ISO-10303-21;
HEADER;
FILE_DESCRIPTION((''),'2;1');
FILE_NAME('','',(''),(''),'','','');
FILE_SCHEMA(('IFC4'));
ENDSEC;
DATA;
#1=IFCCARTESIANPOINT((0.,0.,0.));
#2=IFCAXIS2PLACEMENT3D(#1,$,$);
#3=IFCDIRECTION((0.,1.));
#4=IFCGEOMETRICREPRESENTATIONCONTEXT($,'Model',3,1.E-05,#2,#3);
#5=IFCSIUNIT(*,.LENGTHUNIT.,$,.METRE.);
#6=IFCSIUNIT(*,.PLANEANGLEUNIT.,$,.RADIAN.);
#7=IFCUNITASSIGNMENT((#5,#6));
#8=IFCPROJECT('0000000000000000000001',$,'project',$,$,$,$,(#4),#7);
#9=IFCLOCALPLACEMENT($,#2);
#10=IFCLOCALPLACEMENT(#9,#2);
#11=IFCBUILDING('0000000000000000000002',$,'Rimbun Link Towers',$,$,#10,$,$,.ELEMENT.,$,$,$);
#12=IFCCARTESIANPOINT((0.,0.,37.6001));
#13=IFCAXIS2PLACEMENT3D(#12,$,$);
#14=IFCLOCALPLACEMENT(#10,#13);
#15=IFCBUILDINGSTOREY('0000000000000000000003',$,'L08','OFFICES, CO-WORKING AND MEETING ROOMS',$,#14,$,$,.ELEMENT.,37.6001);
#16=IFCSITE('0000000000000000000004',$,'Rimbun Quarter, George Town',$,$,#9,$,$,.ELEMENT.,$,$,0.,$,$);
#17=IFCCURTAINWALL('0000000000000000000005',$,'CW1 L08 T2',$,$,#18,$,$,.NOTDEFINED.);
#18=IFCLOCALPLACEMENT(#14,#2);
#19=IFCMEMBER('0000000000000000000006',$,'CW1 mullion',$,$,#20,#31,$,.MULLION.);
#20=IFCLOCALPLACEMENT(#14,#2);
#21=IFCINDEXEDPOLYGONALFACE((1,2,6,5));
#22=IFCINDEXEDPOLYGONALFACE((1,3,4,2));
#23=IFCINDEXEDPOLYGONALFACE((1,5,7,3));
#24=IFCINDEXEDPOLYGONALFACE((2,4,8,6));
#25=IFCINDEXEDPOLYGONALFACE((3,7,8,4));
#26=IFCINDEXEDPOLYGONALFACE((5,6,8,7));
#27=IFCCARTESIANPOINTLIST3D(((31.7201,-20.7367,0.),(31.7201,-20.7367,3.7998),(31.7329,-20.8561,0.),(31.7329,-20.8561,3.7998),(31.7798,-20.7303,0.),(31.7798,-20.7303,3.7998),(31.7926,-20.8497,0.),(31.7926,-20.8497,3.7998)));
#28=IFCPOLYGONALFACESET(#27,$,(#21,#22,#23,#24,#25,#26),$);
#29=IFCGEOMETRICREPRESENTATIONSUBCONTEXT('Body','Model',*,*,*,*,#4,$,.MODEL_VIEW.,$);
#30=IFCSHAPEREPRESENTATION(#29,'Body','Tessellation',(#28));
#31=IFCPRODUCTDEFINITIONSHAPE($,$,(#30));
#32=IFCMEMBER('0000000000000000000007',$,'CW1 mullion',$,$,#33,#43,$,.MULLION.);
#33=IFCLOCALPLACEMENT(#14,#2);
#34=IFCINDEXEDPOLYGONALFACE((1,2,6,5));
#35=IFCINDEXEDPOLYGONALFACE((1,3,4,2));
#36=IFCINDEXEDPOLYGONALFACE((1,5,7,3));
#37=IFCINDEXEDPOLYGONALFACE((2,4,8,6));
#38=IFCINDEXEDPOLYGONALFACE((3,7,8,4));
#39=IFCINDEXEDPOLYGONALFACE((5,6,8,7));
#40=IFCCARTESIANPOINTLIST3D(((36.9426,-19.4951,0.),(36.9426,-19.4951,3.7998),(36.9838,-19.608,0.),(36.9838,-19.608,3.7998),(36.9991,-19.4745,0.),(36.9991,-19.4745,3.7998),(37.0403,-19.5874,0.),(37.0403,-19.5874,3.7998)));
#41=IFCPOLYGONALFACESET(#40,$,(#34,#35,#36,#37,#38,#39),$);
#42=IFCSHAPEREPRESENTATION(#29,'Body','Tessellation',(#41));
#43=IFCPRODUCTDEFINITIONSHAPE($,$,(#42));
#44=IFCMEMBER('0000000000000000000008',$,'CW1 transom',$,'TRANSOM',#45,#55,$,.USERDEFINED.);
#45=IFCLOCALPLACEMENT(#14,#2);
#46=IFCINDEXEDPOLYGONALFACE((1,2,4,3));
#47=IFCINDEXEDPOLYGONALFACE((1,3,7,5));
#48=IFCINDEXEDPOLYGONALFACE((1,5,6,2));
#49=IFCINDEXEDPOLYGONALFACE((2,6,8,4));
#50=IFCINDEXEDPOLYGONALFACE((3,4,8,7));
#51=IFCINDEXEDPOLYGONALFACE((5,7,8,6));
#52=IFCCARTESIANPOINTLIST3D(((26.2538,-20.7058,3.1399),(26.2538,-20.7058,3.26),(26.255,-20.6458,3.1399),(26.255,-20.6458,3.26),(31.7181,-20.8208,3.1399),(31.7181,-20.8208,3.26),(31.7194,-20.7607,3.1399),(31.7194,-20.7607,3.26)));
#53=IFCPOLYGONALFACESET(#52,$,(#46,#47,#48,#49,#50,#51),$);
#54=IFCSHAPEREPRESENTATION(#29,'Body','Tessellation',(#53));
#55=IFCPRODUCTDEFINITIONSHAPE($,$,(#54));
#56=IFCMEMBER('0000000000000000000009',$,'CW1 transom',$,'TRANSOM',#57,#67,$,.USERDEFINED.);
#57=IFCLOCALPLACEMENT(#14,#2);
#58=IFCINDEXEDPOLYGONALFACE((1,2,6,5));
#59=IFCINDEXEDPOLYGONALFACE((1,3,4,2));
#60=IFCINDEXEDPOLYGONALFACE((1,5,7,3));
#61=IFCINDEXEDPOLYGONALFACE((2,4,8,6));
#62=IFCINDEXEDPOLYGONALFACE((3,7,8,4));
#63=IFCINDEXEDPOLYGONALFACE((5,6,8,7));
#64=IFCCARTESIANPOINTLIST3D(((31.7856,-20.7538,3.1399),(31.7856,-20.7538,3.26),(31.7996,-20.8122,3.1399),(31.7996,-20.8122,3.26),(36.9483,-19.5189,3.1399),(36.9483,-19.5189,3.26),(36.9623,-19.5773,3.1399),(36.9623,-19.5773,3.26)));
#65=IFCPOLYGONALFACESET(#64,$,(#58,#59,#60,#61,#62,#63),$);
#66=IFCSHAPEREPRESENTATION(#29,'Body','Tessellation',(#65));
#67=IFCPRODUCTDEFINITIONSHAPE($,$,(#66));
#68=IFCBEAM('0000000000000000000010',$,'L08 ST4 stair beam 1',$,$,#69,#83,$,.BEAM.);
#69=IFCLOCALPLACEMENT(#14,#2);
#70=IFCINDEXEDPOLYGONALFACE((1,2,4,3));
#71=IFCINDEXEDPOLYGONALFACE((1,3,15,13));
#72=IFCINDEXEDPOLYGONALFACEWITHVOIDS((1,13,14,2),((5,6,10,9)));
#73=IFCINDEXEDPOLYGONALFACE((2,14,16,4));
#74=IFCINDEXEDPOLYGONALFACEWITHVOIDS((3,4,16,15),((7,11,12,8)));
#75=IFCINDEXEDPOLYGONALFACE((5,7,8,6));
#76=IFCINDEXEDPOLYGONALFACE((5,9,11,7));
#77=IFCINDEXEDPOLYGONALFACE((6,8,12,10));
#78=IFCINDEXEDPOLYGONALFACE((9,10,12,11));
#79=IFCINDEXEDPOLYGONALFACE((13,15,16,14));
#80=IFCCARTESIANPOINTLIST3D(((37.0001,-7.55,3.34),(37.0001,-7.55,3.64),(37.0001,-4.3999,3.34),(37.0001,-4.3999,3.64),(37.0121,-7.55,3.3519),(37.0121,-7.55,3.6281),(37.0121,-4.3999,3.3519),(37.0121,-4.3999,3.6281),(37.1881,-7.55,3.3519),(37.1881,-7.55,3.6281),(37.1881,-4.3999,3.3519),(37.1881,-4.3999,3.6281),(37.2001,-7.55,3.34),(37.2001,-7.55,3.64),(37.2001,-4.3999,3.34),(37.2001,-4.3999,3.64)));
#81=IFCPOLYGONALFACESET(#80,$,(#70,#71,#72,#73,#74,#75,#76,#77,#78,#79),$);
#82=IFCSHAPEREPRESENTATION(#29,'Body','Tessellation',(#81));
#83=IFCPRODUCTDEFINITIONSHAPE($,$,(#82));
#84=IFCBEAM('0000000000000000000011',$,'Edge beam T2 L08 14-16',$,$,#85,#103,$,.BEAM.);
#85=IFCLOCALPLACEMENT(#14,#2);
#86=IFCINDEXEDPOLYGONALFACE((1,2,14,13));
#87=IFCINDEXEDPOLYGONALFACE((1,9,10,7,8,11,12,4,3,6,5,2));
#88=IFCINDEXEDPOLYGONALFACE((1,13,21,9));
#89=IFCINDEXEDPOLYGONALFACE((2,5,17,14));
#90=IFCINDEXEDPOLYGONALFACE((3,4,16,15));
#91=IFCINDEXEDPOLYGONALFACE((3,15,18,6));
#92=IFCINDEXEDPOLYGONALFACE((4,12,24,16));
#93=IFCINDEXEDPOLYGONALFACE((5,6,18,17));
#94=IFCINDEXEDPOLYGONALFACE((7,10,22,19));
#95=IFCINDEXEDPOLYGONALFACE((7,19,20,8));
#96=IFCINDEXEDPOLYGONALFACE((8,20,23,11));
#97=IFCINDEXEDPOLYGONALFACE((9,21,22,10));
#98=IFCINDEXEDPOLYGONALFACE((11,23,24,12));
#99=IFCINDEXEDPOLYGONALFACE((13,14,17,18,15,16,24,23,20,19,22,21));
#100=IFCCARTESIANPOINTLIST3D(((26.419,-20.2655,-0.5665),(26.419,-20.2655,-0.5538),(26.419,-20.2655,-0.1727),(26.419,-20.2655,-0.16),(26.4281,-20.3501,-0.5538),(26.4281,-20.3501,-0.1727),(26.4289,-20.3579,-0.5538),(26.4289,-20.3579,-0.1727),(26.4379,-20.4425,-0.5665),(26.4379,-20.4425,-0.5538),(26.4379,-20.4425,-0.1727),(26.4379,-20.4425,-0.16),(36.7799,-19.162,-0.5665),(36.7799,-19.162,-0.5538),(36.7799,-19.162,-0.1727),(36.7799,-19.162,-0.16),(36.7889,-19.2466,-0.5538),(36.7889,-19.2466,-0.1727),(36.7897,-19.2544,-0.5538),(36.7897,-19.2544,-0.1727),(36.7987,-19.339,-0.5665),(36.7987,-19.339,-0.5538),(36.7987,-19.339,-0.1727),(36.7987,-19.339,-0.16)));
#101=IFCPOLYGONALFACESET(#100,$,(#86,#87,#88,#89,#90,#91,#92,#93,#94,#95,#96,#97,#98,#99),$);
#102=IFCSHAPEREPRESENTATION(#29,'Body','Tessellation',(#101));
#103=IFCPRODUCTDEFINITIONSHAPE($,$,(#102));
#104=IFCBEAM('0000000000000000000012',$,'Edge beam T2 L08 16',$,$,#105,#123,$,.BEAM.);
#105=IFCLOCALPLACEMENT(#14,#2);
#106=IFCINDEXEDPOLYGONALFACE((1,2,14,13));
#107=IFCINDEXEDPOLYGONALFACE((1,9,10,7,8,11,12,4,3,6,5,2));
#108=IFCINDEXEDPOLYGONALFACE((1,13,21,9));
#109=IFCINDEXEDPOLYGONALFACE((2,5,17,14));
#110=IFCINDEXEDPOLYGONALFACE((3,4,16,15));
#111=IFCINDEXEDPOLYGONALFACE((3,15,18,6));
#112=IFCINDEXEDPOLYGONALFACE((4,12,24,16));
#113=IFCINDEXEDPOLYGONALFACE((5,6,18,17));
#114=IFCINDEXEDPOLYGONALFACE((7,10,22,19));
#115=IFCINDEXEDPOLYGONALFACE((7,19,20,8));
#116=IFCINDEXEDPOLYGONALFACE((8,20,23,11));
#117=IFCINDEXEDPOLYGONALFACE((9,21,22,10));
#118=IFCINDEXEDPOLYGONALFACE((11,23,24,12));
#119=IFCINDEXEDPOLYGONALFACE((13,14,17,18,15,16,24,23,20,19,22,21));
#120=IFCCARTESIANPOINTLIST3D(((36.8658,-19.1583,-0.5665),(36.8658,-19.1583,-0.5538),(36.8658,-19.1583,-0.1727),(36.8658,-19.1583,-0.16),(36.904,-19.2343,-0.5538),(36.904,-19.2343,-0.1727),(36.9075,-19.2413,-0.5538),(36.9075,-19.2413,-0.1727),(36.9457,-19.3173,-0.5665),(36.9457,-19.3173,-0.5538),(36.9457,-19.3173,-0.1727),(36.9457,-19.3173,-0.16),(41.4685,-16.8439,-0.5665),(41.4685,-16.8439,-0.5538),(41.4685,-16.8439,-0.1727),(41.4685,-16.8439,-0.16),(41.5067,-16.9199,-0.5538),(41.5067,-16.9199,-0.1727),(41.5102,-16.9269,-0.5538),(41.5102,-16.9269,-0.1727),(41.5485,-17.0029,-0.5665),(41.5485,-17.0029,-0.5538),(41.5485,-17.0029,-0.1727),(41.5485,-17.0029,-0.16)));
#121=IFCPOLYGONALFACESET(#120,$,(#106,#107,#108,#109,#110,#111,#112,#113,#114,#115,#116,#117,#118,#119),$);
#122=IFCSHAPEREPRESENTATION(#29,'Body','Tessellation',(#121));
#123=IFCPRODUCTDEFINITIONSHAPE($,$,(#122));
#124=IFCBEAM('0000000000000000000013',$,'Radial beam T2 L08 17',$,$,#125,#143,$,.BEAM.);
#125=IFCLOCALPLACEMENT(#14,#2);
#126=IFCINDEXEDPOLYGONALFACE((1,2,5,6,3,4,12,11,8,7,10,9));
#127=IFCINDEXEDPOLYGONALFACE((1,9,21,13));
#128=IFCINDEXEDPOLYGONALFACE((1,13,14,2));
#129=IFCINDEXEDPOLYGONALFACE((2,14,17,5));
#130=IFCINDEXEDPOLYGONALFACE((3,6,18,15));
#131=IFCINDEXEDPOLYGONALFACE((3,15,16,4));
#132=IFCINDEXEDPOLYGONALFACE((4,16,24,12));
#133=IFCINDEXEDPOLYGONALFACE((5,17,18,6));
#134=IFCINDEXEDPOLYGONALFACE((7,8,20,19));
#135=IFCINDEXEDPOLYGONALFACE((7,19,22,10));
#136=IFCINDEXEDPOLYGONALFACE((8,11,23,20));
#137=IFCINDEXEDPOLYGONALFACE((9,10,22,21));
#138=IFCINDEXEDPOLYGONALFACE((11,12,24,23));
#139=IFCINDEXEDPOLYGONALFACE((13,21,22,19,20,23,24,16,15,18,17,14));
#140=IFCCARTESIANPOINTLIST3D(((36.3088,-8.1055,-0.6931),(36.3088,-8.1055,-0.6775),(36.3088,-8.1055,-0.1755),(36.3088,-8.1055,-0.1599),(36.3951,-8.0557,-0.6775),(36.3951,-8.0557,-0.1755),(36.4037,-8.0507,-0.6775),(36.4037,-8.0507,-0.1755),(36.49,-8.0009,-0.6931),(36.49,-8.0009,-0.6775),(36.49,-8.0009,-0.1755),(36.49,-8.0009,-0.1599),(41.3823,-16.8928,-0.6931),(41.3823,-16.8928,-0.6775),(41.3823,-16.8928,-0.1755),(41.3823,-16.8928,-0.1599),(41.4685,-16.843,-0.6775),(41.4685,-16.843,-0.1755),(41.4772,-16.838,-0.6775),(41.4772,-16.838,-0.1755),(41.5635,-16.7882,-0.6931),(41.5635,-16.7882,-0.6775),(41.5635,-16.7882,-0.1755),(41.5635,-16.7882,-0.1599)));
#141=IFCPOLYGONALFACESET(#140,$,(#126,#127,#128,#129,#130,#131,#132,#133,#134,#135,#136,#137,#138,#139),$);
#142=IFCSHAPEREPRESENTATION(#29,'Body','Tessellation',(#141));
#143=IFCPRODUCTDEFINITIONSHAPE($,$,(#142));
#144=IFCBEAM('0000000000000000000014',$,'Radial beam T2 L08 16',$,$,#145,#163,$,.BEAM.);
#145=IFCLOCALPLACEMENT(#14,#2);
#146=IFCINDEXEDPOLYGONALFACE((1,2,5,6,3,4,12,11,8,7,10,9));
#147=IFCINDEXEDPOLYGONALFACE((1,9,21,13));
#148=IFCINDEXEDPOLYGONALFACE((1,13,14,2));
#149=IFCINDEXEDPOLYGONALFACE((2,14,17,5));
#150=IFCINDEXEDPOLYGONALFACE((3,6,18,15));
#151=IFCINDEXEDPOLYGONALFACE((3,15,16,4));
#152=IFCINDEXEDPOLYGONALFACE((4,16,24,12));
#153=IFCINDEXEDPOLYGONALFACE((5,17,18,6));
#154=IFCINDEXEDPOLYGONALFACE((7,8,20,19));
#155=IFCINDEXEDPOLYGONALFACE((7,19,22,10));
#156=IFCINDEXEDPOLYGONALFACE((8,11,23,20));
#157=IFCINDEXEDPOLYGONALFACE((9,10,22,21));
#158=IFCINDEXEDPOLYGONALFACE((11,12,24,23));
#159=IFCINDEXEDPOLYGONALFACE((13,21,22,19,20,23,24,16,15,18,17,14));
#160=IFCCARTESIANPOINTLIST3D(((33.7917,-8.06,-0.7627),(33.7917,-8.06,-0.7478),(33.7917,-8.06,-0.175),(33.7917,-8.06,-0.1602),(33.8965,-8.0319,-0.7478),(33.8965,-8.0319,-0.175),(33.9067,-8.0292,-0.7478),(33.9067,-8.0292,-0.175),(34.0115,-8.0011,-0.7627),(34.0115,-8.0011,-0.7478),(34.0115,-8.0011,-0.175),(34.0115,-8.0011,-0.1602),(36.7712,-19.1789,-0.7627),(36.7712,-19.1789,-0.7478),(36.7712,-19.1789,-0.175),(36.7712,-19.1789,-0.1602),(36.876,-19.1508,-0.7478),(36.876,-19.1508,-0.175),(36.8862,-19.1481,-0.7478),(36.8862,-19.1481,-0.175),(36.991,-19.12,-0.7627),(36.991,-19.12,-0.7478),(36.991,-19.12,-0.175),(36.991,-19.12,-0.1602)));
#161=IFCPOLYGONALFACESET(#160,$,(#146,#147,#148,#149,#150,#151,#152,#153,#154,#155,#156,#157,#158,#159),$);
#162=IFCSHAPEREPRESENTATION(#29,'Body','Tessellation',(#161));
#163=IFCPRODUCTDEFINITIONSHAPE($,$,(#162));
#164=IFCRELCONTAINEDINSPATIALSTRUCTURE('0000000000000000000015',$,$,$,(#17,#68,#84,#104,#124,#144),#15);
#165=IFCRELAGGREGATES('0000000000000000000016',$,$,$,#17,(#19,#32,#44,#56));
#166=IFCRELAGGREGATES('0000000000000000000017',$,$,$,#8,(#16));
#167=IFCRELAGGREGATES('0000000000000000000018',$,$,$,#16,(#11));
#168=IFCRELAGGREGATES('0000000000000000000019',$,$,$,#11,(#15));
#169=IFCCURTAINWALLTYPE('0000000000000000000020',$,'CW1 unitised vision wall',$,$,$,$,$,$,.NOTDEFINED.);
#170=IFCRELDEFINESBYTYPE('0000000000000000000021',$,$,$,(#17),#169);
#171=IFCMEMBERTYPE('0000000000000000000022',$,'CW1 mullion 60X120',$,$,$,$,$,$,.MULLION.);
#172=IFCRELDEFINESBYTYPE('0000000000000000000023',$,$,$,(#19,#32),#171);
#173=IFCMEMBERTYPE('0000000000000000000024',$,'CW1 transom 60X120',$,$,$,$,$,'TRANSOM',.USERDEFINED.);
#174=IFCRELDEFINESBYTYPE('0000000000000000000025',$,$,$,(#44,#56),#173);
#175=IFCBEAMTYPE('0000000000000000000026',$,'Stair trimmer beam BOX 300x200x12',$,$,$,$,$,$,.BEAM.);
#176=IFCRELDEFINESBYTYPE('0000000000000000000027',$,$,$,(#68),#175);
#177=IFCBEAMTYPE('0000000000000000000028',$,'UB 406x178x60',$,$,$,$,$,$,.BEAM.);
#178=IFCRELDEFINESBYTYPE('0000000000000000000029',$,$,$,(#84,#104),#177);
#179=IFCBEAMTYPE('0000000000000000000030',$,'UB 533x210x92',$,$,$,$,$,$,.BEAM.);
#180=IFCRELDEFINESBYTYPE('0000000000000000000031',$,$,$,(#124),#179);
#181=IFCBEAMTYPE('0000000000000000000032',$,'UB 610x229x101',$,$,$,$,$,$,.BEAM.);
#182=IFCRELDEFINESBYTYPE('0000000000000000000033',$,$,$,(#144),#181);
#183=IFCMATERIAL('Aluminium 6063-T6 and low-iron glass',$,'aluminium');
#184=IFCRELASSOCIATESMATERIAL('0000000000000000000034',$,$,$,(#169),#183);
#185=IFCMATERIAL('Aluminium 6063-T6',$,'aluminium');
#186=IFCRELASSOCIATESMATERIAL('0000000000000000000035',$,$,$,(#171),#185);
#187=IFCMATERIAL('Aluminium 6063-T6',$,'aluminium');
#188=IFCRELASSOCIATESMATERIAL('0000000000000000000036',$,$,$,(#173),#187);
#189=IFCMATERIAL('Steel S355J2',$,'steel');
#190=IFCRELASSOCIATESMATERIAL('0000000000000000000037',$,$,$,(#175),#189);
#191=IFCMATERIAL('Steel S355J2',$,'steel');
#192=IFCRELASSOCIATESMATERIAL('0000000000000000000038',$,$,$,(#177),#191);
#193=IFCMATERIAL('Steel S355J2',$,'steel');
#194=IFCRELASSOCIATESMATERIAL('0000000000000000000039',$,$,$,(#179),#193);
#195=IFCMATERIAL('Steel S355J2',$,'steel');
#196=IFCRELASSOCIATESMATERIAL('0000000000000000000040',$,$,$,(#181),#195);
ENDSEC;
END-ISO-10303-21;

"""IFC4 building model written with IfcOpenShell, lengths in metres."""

from ifc_helpers import new_model, si_unit, direction, frame, origin, origin_2d, place, context, subcontext, project, spatial, rectangle, hollow_rectangle, i_section, extrude, material, material_profile, profile_set, type_object, element, aggregate, save


model = new_model("IFC4")

# Units and contexts
model_context = context("Model", 3, precision=1e-05, world=origin(), true_north=direction((0.0, 1.0)))
body_context = subcontext(model_context, "Body", "Model", "MODEL_VIEW")
ifc_project = project(units=[si_unit("LENGTHUNIT", "METRE"), si_unit("PLANEANGLEUNIT", "RADIAN")], contexts=[model_context])

# Site, building, storey
site_placement = place(None, origin())
site = spatial("IfcSite", under=ifc_project, at=site_placement, Name="Rimbun Quarter, George Town", CompositionType="ELEMENT", RefElevation=0.0)
building_placement = place(site_placement, origin())
building = spatial("IfcBuilding", under=site, at=building_placement, Name="Rimbun Link Towers", CompositionType="ELEMENT")
storey_placement = place(building_placement, frame((0.0, 0.0, 37.6001)))
storey = spatial("IfcBuildingStorey", under=building, at=storey_placement, Name="L08", Description="OFFICES, CO-WORKING AND MEETING ROOMS", CompositionType="ELEMENT", Elevation=37.6001)

# Curtain wall, members
ifc_material_1 = material(Name="Aluminium 6063-T6 and low-iron glass", Category="aluminium")
curtain_wall_type = type_object("IfcCurtainWallType", Name="CW1 unitised vision wall", PredefinedType="NOTDEFINED", material=ifc_material_1)
curtain_wall_placement = place(storey_placement, origin())
curtain_wall = element("IfcCurtainWall", 1, at=curtain_wall_placement, inside=storey, type_object=curtain_wall_type, Name="CW1 L08 T2", PredefinedType="NOTDEFINED")
ifc_material_2 = material(Name="Aluminium 6063-T6", Category="aluminium")
ifc_material_profile_1 = material_profile(ifc_material_2, rectangle(XDim=0.1201, YDim=0.0601, at=origin_2d()), Name="MULLION 60X120")
ifc_profile_set_1 = profile_set([ifc_material_profile_1], Name="Aluminium 6063-T6")
member_type_1 = type_object("IfcMemberType", Name="CW1 mullion 60X120", PredefinedType="MULLION", material=ifc_profile_set_1)
member_1_placement = place(storey_placement, frame((31.7563, -20.7932, 0.0), z_axis=(0.0, 0.0, 1.0), x_axis=(0.106645, -0.994297, 0.0)))
member_1 = element("IfcMember", 2, at=member_1_placement, type_object=member_type_1, Name="CW1 mullion", PredefinedType="MULLION", context=body_context, shape_type="SweptSolid", body=[
    extrude(rectangle(XDim=0.1201, YDim=0.0601, at=origin_2d()), origin(), (0.0, 0.0, 1.0), 3.7998),
])
member_2_placement = place(storey_placement, frame((36.9915, -19.5413, 0.0), z_axis=(0.0, 0.0, 1.0), x_axis=(0.342971, -0.939346, 0.0)))
member_2 = element("IfcMember", 3, at=member_2_placement, type_object=member_type_1, Name="CW1 mullion", PredefinedType="MULLION", context=body_context, shape_type="SweptSolid", body=[
    extrude(rectangle(XDim=0.1201, YDim=0.0601, at=origin_2d()), origin(), (0.0, 0.0, 1.0), 3.7998),
])
ifc_material_3 = material(Name="Aluminium 6063-T6", Category="aluminium")
ifc_material_profile_2 = material_profile(ifc_material_3, rectangle(XDim=0.0601, YDim=0.1201, at=origin_2d()), Name="TRANSOM 60X120")
ifc_profile_set_2 = profile_set([ifc_material_profile_2], Name="Aluminium 6063-T6")
member_type_2 = type_object("IfcMemberType", Name="CW1 transom 60X120", ElementType="TRANSOM", PredefinedType="USERDEFINED", material=ifc_profile_set_2)
member_3_placement = place(storey_placement, frame((31.7188, -20.7908, 3.2), z_axis=(-0.999779, 0.021039, 0.0), x_axis=(-0.021039, -0.999779, 0.0)))
member_3 = element("IfcMember", 4, at=member_3_placement, type_object=member_type_2, Name="CW1 transom", ObjectType="TRANSOM", PredefinedType="USERDEFINED", context=body_context, shape_type="SweptSolid", body=[
    extrude(rectangle(XDim=0.0601, YDim=0.1201, at=origin_2d()), origin(), (0.0, 0.0, 1.0), 5.4656),
])
member_4_placement = place(storey_placement, frame((36.9553, -19.5481, 3.2), z_axis=(-0.972565, -0.232632, 0.0), x_axis=(0.232632, -0.972565, 0.0)))
member_4 = element("IfcMember", 5, at=member_4_placement, type_object=member_type_2, Name="CW1 transom", ObjectType="TRANSOM", PredefinedType="USERDEFINED", context=body_context, shape_type="SweptSolid", body=[
    extrude(rectangle(XDim=0.0601, YDim=0.1201, at=origin_2d()), origin(), (0.0, 0.0, 1.0), 5.3083),
])

# Beams
ifc_material_4 = material(Name="Steel S355J2", Category="steel")
ifc_material_profile_3 = material_profile(ifc_material_4, hollow_rectangle(XDim=0.2, YDim=0.3, WallThickness=0.012, at=origin_2d()), Name="BOX 300x200x12")
ifc_profile_set_3 = profile_set([ifc_material_profile_3], Name="Steel S355J2")
beam_type_1 = type_object("IfcBeamType", Name="Stair trimmer beam BOX 300x200x12", PredefinedType="BEAM", material=ifc_profile_set_3)
beam_1_placement = place(storey_placement, frame((37.1001, -7.55, 3.49), z_axis=(0.0, 1.0, 0.0), x_axis=(-1.0, 0.0, 0.0)))
element("IfcBeam", 6, at=beam_1_placement, inside=storey, type_object=beam_type_1, Name="L08 ST4 stair beam 1", PredefinedType="BEAM", context=body_context, shape_type="SweptSolid", body=[
    extrude(hollow_rectangle(XDim=0.2, YDim=0.3, WallThickness=0.012, at=origin_2d()), origin(), (0.0, 0.0, 1.0), 3.1501),
])
ifc_material_5 = material(Name="Steel S355J2", Category="steel")
ifc_material_profile_4 = material_profile(ifc_material_5, i_section(OverallWidth=0.178, OverallDepth=0.4065, WebThickness=0.0078, FlangeThickness=0.0127, at=origin_2d()), Name="UB 406x178x60")
ifc_profile_set_4 = profile_set([ifc_material_profile_4], Name="Steel S355J2")
beam_type_2 = type_object("IfcBeamType", Name="UB 406x178x60", PredefinedType="BEAM", material=ifc_profile_set_4)
beam_2_placement = place(storey_placement, frame((26.4285, -20.354, -0.3633), z_axis=(0.994376, 0.105909, 0.0), x_axis=(-0.105909, 0.994376, 0.0)))
element("IfcBeam", 7, at=beam_2_placement, inside=storey, type_object=beam_type_2, Name="Edge beam T2 L08 14-16", PredefinedType="BEAM", context=body_context, shape_type="SweptSolid", body=[
    extrude(i_section(OverallWidth=0.178, OverallDepth=0.4065, WebThickness=0.0078, FlangeThickness=0.0127, at=origin_2d()), origin(), (0.0, 0.0, 1.0), 10.4194),
])
beam_3_placement = place(storey_placement, frame((36.9058, -19.2378, -0.3633), z_axis=(0.893411, 0.449241, 0.0), x_axis=(-0.449241, 0.893411, 0.0)))
element("IfcBeam", 8, at=beam_3_placement, inside=storey, type_object=beam_type_2, Name="Edge beam T2 L08 16", PredefinedType="BEAM", context=body_context, shape_type="SweptSolid", body=[
    extrude(i_section(OverallWidth=0.178, OverallDepth=0.4065, WebThickness=0.0078, FlangeThickness=0.0127, at=origin_2d()), origin(), (0.0, 0.0, 1.0), 5.1519),
])
ifc_material_6 = material(Name="Steel S355J2", Category="steel")
ifc_material_profile_5 = material_profile(ifc_material_6, i_section(OverallWidth=0.2092, OverallDepth=0.5332, WebThickness=0.01, FlangeThickness=0.0156, at=origin_2d()), Name="UB 533x210x92")
ifc_profile_set_5 = profile_set([ifc_material_profile_5], Name="Steel S355J2")
beam_type_3 = type_object("IfcBeamType", Name="UB 533x210x92", PredefinedType="BEAM", material=ifc_profile_set_5)
beam_4_placement = place(storey_placement, frame((36.3994, -8.0532, -0.4265), z_axis=(0.500008, -0.866021, 0.0), x_axis=(0.866021, 0.500008, 0.0)))
element("IfcBeam", 9, at=beam_4_placement, inside=storey, type_object=beam_type_3, Name="Radial beam T2 L08 17", PredefinedType="BEAM", context=body_context, shape_type="SweptSolid", body=[
    extrude(i_section(OverallWidth=0.2092, OverallDepth=0.5332, WebThickness=0.01, FlangeThickness=0.0156, at=origin_2d()), origin(), (0.0, 0.0, 1.0), 10.1467),
])
ifc_material_7 = material(Name="Steel S355J2", Category="steel")
ifc_material_profile_6 = material_profile(ifc_material_7, i_section(OverallWidth=0.2275, OverallDepth=0.6025, WebThickness=0.0105, FlangeThickness=0.0149, at=origin_2d()), Name="UB 610x229x101")
ifc_profile_set_6 = profile_set([ifc_material_profile_6], Name="Steel S355J2")
beam_type_4 = type_object("IfcBeamType", Name="UB 610x229x101", PredefinedType="BEAM", material=ifc_profile_set_6)
beam_5_placement = place(storey_placement, frame((33.9016, -8.0305, -0.4614), z_axis=(0.258835, -0.965922, 0.0), x_axis=(0.965922, 0.258835, 0.0)))
element("IfcBeam", 10, at=beam_5_placement, inside=storey, type_object=beam_type_4, Name="Radial beam T2 L08 16", PredefinedType="BEAM", context=body_context, shape_type="SweptSolid", body=[
    extrude(i_section(OverallWidth=0.2275, OverallDepth=0.6025, WebThickness=0.0105, FlangeThickness=0.0149, at=origin_2d()), origin(), (0.0, 0.0, 1.0), 11.5112),
])

aggregate(curtain_wall, [member_1, member_2, member_3, member_4])

save(model, "model.ifc")
